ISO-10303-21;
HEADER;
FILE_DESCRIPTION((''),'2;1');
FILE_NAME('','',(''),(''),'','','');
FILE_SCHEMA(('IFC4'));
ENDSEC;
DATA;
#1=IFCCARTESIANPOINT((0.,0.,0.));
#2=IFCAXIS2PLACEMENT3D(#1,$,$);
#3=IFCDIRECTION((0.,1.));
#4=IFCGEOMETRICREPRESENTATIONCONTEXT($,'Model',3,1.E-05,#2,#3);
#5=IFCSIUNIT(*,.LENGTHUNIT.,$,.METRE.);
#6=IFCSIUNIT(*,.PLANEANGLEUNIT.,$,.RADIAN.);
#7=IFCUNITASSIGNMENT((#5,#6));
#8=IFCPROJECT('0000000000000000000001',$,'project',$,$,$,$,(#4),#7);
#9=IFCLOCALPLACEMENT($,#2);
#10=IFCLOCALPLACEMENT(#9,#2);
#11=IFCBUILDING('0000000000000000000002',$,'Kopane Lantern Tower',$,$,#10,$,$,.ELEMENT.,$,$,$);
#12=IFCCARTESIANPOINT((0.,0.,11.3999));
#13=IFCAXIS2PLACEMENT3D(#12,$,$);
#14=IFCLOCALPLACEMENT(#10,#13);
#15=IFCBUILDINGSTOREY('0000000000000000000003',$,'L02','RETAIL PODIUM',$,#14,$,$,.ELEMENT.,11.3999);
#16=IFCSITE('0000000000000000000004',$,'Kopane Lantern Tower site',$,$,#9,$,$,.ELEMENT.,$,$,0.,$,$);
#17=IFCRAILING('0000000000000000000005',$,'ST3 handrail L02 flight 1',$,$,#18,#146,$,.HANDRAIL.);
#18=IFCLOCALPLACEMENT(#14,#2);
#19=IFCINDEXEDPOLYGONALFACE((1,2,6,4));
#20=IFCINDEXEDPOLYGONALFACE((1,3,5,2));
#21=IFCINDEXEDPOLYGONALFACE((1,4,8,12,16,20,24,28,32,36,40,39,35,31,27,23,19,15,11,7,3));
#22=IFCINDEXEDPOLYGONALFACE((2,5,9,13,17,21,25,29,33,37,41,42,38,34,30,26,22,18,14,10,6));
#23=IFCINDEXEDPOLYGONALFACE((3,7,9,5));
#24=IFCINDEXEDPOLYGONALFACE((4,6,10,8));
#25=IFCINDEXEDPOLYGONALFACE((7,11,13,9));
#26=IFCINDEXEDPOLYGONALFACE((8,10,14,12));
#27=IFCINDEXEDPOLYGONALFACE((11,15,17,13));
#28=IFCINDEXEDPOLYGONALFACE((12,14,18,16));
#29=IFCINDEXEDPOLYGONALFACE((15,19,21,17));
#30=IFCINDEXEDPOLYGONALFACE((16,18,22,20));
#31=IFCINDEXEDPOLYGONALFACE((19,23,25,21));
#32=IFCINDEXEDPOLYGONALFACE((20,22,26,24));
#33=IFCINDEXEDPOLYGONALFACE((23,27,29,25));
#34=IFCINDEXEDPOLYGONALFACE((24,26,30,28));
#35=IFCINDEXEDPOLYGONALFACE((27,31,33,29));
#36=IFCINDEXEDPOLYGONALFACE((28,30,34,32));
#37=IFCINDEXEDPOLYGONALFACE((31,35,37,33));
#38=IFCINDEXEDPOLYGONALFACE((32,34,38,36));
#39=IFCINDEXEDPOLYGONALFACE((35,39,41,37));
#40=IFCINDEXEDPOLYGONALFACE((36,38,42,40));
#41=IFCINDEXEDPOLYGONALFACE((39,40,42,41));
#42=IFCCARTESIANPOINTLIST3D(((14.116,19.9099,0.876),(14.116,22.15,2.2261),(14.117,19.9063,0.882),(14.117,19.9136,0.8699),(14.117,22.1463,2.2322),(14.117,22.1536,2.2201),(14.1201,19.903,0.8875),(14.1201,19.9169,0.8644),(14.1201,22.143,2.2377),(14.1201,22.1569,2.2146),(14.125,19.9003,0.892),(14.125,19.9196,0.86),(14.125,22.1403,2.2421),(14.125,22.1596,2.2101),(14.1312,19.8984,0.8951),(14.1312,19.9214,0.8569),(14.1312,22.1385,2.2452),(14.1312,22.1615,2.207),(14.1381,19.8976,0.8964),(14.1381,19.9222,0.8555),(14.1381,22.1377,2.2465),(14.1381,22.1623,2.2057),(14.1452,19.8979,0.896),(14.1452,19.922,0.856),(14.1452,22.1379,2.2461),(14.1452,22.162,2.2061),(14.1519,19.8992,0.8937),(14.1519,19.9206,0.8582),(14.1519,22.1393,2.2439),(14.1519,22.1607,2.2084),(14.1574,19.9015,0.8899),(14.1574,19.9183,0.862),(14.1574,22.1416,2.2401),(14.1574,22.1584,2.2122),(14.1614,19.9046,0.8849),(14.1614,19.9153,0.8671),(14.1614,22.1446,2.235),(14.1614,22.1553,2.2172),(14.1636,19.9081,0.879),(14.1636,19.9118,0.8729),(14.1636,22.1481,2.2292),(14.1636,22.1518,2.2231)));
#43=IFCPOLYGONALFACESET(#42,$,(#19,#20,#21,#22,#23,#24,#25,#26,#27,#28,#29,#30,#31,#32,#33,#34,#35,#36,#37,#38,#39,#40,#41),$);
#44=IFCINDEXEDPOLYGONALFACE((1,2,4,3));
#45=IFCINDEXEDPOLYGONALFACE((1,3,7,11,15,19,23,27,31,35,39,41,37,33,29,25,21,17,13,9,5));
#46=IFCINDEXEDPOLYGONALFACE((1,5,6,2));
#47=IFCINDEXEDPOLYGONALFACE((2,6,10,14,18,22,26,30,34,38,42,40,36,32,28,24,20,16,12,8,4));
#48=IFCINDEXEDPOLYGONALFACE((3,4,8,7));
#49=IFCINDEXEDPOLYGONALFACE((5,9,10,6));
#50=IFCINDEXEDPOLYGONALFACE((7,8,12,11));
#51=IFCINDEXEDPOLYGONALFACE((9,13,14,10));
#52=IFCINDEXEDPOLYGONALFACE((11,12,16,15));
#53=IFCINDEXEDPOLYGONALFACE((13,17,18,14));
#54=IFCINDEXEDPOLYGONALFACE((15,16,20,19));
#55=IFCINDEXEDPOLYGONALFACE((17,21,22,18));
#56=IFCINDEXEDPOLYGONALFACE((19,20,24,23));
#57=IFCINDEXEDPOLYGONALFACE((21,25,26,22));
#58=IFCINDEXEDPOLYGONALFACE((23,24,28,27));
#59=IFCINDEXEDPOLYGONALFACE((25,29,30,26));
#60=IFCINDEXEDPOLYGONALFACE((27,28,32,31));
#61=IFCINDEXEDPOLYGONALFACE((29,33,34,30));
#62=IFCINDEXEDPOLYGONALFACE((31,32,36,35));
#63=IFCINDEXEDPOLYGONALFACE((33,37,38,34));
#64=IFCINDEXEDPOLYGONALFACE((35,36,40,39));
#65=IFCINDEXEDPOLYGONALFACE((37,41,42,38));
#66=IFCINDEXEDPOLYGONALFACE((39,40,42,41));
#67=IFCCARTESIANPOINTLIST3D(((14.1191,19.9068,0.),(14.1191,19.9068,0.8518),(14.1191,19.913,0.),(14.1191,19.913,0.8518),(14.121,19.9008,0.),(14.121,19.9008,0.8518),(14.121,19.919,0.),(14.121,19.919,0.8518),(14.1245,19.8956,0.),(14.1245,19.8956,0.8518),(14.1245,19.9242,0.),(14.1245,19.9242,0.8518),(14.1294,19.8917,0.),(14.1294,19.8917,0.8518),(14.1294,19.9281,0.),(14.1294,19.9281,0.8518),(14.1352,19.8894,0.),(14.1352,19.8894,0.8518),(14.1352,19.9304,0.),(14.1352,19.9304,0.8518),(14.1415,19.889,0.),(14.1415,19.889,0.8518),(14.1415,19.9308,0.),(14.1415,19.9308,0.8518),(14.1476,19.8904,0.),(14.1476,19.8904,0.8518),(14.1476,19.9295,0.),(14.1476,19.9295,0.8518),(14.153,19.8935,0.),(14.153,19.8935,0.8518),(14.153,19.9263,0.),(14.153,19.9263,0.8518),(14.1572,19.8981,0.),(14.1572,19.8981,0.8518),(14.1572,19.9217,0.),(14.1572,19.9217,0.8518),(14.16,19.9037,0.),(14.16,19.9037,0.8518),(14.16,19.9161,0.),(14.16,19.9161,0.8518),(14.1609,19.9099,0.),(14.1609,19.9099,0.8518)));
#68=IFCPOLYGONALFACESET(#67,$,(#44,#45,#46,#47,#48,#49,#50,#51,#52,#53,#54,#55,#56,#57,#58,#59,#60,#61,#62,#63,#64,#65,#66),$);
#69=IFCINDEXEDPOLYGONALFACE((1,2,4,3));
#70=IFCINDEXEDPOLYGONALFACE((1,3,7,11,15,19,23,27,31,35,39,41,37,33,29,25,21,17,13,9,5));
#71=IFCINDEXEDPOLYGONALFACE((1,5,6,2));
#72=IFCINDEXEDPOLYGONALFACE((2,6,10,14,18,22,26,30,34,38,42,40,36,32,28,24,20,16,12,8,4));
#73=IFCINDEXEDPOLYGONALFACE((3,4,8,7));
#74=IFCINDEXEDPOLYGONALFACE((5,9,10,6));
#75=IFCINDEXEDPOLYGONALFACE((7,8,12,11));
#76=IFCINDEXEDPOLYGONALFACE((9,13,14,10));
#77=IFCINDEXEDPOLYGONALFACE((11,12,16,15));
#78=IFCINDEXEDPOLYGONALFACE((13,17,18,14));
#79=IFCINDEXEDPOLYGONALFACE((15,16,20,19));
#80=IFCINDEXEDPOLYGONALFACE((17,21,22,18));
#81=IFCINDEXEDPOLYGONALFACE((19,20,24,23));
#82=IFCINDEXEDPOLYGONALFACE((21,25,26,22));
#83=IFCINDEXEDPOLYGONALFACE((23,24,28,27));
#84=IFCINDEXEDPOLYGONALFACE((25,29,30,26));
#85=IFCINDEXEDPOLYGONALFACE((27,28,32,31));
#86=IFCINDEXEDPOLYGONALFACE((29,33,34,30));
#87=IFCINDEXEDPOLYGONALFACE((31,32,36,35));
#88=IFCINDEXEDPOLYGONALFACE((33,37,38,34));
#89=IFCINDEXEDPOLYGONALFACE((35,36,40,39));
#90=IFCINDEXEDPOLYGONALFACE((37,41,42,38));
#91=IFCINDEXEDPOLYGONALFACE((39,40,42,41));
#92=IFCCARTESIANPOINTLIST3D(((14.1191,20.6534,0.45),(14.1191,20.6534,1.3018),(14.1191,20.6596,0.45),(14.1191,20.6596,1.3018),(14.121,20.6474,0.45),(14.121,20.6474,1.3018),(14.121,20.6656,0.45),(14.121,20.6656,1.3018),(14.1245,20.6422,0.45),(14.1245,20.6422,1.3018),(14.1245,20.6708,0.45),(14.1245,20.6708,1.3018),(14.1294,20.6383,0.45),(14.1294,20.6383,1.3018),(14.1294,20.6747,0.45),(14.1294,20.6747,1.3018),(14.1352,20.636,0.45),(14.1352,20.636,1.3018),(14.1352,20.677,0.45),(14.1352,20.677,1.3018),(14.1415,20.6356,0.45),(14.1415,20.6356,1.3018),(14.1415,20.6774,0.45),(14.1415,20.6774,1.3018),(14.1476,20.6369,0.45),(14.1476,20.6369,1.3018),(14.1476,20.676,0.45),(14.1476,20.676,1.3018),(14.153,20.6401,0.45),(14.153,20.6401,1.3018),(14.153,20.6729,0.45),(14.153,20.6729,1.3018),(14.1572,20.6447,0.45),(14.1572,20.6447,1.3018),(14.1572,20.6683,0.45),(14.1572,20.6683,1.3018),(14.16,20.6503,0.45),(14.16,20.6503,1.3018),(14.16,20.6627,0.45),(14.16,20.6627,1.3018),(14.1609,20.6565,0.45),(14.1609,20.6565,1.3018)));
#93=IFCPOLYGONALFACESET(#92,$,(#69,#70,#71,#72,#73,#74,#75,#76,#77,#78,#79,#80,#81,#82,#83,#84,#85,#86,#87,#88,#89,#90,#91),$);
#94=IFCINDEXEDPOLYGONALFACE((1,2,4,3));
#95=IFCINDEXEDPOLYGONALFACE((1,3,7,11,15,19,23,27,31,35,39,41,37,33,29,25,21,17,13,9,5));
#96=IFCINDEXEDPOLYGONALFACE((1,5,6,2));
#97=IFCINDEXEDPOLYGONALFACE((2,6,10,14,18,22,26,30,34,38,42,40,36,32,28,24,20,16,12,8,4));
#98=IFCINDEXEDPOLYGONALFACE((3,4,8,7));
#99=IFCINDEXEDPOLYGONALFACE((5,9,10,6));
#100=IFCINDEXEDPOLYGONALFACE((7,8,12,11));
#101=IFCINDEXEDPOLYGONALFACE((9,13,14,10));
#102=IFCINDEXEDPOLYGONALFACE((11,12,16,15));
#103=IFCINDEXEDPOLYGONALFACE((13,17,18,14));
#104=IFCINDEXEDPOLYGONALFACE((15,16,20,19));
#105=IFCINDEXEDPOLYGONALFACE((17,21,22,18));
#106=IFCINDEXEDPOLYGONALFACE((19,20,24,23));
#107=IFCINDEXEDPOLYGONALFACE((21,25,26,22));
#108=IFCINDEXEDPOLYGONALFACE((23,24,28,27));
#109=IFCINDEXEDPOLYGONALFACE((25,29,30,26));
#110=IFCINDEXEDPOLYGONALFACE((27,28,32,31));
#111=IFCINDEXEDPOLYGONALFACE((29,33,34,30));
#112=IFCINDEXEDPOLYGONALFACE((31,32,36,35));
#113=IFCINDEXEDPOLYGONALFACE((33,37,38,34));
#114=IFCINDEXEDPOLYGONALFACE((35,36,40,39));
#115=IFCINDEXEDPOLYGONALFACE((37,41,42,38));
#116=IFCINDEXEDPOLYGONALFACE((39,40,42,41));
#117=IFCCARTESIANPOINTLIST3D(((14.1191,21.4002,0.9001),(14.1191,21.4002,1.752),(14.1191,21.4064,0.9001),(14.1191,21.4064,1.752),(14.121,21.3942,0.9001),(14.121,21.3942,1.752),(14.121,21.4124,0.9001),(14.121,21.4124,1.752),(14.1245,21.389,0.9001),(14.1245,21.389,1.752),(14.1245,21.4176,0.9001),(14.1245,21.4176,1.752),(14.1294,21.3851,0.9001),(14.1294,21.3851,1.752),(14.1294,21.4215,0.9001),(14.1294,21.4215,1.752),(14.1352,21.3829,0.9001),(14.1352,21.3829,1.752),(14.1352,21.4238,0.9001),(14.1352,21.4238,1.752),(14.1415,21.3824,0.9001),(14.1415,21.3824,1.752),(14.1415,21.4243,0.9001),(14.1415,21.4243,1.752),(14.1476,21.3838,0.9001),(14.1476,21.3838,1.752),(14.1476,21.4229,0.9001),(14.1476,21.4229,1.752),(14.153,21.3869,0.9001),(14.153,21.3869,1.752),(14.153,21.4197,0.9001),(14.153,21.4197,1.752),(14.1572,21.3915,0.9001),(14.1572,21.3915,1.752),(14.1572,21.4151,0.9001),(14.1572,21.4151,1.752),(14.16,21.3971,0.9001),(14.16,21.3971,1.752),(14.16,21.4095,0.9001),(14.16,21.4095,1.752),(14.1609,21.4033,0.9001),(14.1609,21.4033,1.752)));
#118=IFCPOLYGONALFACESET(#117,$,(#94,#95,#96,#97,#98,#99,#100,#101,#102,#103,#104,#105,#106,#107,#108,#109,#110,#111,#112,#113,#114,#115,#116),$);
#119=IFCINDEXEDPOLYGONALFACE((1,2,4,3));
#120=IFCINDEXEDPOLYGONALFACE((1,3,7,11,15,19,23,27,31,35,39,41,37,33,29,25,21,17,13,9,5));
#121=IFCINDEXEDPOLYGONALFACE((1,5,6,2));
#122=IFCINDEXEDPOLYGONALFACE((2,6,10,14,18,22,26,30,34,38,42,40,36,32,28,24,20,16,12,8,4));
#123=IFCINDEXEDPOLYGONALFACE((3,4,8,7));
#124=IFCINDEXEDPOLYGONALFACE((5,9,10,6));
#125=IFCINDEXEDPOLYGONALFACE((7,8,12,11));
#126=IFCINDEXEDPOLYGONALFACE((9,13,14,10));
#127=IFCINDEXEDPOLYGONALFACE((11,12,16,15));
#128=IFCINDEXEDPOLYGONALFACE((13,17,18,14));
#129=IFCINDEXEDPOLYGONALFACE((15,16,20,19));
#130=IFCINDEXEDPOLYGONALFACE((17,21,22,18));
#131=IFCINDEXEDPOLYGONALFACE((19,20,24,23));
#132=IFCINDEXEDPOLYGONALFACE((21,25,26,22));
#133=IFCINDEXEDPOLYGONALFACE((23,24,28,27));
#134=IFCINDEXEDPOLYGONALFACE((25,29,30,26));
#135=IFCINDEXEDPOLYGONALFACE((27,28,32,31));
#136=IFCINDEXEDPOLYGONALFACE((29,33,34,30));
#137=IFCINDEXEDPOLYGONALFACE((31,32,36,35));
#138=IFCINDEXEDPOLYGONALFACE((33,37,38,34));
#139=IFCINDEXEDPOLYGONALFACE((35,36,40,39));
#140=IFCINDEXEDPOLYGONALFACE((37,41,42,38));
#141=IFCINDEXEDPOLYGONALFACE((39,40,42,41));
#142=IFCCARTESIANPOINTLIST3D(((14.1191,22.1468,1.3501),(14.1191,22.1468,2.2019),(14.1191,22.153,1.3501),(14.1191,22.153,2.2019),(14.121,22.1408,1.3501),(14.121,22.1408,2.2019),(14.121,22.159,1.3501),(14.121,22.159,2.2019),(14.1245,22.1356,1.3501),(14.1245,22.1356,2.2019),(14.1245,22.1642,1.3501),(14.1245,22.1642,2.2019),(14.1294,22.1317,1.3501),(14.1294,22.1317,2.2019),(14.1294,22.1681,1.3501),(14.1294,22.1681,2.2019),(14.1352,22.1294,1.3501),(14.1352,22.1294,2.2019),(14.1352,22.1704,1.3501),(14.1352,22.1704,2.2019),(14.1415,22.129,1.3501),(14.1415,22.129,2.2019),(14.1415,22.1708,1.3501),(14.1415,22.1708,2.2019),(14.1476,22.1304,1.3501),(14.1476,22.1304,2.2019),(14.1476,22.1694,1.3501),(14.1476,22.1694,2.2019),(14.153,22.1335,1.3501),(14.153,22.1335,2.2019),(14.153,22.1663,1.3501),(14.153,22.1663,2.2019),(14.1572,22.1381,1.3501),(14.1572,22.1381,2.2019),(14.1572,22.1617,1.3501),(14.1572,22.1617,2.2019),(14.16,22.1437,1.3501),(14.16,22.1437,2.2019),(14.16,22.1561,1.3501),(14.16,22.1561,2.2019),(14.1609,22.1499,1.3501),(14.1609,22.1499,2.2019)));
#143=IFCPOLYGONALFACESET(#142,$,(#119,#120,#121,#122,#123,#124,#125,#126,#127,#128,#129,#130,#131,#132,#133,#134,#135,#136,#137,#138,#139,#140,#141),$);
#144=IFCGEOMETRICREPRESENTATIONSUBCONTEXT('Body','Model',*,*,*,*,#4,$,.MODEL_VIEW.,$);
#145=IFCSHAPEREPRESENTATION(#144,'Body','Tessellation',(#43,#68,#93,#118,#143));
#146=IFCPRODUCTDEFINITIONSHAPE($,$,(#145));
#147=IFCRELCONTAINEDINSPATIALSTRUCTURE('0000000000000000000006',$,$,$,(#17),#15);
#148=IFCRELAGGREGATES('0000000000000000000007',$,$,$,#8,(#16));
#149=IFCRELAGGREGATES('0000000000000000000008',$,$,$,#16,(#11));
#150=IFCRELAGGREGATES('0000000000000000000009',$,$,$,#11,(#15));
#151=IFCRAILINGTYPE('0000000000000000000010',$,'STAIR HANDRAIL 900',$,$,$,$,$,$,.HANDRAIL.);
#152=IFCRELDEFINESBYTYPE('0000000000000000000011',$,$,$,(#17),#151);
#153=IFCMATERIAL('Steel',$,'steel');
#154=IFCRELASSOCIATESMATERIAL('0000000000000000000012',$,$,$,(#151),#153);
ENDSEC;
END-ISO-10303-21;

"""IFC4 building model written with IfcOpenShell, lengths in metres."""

from ifc_helpers import new_model, si_unit, direction, frame, origin, origin_2d, place, context, subcontext, project, spatial, circle, extrude, material, type_object, element, save


model = new_model("IFC4")

# Units and contexts
model_context = context("Model", 3, precision=1e-05, world=origin(), true_north=direction((0.0, 1.0)))
body_context = subcontext(model_context, "Body", "Model", "MODEL_VIEW")
ifc_project = project(units=[si_unit("LENGTHUNIT", "METRE"), si_unit("PLANEANGLEUNIT", "RADIAN")], contexts=[model_context])

# Site, building, storey
site_placement = place(None, origin())
site = spatial("IfcSite", under=ifc_project, at=site_placement, Name="Kopane Lantern Tower site", CompositionType="ELEMENT", RefElevation=0.0)
building_placement = place(site_placement, origin())
building = spatial("IfcBuilding", under=site, at=building_placement, Name="Kopane Lantern Tower", CompositionType="ELEMENT")
storey_placement = place(building_placement, frame((0.0, 0.0, 11.3999)))
storey = spatial("IfcBuildingStorey", under=building, at=storey_placement, Name="L02", Description="RETAIL PODIUM", CompositionType="ELEMENT", Elevation=11.3999)

# Railing
ifc_material_1 = material(Name="Steel", Category="steel")
railing_type = type_object("IfcRailingType", Name="STAIR HANDRAIL 900", PredefinedType="HANDRAIL", material=ifc_material_1)
for number, where, name in (
    (1, (14.1399, 19.9099, 0.0), "ST3 handrail L02 flight 1"),
):
    element("IfcRailing", number, at=place(storey_placement, frame(where)), inside=storey, type_object=railing_type, Name=name, PredefinedType="HANDRAIL", context=body_context, shape_type="SweptSolid", body=[
        extrude(circle(Radius=0.0239, at=origin_2d()), frame((0.0, 0.0, 0.876), z_axis=(0.0, 0.856462, 0.516211), x_axis=(-1.0, 0.0, 0.0)), (0.0, 0.0, 1.0), 2.6155),
        extrude(circle(Radius=0.021, at=origin_2d()), origin(), (0.0, 0.0, 1.0), 0.8518),
        extrude(circle(Radius=0.021, at=origin_2d()), frame((0.0, 0.7466, 0.45)), (0.0, 0.0, 1.0), 0.8518),
        extrude(circle(Radius=0.021, at=origin_2d()), frame((0.0, 1.4934, 0.9001)), (0.0, 0.0, 1.0), 0.8518),
        extrude(circle(Radius=0.021, at=origin_2d()), frame((0.0, 2.24, 1.3501)), (0.0, 0.0, 1.0), 0.8518),
    ])

save(model, "model.ifc")
